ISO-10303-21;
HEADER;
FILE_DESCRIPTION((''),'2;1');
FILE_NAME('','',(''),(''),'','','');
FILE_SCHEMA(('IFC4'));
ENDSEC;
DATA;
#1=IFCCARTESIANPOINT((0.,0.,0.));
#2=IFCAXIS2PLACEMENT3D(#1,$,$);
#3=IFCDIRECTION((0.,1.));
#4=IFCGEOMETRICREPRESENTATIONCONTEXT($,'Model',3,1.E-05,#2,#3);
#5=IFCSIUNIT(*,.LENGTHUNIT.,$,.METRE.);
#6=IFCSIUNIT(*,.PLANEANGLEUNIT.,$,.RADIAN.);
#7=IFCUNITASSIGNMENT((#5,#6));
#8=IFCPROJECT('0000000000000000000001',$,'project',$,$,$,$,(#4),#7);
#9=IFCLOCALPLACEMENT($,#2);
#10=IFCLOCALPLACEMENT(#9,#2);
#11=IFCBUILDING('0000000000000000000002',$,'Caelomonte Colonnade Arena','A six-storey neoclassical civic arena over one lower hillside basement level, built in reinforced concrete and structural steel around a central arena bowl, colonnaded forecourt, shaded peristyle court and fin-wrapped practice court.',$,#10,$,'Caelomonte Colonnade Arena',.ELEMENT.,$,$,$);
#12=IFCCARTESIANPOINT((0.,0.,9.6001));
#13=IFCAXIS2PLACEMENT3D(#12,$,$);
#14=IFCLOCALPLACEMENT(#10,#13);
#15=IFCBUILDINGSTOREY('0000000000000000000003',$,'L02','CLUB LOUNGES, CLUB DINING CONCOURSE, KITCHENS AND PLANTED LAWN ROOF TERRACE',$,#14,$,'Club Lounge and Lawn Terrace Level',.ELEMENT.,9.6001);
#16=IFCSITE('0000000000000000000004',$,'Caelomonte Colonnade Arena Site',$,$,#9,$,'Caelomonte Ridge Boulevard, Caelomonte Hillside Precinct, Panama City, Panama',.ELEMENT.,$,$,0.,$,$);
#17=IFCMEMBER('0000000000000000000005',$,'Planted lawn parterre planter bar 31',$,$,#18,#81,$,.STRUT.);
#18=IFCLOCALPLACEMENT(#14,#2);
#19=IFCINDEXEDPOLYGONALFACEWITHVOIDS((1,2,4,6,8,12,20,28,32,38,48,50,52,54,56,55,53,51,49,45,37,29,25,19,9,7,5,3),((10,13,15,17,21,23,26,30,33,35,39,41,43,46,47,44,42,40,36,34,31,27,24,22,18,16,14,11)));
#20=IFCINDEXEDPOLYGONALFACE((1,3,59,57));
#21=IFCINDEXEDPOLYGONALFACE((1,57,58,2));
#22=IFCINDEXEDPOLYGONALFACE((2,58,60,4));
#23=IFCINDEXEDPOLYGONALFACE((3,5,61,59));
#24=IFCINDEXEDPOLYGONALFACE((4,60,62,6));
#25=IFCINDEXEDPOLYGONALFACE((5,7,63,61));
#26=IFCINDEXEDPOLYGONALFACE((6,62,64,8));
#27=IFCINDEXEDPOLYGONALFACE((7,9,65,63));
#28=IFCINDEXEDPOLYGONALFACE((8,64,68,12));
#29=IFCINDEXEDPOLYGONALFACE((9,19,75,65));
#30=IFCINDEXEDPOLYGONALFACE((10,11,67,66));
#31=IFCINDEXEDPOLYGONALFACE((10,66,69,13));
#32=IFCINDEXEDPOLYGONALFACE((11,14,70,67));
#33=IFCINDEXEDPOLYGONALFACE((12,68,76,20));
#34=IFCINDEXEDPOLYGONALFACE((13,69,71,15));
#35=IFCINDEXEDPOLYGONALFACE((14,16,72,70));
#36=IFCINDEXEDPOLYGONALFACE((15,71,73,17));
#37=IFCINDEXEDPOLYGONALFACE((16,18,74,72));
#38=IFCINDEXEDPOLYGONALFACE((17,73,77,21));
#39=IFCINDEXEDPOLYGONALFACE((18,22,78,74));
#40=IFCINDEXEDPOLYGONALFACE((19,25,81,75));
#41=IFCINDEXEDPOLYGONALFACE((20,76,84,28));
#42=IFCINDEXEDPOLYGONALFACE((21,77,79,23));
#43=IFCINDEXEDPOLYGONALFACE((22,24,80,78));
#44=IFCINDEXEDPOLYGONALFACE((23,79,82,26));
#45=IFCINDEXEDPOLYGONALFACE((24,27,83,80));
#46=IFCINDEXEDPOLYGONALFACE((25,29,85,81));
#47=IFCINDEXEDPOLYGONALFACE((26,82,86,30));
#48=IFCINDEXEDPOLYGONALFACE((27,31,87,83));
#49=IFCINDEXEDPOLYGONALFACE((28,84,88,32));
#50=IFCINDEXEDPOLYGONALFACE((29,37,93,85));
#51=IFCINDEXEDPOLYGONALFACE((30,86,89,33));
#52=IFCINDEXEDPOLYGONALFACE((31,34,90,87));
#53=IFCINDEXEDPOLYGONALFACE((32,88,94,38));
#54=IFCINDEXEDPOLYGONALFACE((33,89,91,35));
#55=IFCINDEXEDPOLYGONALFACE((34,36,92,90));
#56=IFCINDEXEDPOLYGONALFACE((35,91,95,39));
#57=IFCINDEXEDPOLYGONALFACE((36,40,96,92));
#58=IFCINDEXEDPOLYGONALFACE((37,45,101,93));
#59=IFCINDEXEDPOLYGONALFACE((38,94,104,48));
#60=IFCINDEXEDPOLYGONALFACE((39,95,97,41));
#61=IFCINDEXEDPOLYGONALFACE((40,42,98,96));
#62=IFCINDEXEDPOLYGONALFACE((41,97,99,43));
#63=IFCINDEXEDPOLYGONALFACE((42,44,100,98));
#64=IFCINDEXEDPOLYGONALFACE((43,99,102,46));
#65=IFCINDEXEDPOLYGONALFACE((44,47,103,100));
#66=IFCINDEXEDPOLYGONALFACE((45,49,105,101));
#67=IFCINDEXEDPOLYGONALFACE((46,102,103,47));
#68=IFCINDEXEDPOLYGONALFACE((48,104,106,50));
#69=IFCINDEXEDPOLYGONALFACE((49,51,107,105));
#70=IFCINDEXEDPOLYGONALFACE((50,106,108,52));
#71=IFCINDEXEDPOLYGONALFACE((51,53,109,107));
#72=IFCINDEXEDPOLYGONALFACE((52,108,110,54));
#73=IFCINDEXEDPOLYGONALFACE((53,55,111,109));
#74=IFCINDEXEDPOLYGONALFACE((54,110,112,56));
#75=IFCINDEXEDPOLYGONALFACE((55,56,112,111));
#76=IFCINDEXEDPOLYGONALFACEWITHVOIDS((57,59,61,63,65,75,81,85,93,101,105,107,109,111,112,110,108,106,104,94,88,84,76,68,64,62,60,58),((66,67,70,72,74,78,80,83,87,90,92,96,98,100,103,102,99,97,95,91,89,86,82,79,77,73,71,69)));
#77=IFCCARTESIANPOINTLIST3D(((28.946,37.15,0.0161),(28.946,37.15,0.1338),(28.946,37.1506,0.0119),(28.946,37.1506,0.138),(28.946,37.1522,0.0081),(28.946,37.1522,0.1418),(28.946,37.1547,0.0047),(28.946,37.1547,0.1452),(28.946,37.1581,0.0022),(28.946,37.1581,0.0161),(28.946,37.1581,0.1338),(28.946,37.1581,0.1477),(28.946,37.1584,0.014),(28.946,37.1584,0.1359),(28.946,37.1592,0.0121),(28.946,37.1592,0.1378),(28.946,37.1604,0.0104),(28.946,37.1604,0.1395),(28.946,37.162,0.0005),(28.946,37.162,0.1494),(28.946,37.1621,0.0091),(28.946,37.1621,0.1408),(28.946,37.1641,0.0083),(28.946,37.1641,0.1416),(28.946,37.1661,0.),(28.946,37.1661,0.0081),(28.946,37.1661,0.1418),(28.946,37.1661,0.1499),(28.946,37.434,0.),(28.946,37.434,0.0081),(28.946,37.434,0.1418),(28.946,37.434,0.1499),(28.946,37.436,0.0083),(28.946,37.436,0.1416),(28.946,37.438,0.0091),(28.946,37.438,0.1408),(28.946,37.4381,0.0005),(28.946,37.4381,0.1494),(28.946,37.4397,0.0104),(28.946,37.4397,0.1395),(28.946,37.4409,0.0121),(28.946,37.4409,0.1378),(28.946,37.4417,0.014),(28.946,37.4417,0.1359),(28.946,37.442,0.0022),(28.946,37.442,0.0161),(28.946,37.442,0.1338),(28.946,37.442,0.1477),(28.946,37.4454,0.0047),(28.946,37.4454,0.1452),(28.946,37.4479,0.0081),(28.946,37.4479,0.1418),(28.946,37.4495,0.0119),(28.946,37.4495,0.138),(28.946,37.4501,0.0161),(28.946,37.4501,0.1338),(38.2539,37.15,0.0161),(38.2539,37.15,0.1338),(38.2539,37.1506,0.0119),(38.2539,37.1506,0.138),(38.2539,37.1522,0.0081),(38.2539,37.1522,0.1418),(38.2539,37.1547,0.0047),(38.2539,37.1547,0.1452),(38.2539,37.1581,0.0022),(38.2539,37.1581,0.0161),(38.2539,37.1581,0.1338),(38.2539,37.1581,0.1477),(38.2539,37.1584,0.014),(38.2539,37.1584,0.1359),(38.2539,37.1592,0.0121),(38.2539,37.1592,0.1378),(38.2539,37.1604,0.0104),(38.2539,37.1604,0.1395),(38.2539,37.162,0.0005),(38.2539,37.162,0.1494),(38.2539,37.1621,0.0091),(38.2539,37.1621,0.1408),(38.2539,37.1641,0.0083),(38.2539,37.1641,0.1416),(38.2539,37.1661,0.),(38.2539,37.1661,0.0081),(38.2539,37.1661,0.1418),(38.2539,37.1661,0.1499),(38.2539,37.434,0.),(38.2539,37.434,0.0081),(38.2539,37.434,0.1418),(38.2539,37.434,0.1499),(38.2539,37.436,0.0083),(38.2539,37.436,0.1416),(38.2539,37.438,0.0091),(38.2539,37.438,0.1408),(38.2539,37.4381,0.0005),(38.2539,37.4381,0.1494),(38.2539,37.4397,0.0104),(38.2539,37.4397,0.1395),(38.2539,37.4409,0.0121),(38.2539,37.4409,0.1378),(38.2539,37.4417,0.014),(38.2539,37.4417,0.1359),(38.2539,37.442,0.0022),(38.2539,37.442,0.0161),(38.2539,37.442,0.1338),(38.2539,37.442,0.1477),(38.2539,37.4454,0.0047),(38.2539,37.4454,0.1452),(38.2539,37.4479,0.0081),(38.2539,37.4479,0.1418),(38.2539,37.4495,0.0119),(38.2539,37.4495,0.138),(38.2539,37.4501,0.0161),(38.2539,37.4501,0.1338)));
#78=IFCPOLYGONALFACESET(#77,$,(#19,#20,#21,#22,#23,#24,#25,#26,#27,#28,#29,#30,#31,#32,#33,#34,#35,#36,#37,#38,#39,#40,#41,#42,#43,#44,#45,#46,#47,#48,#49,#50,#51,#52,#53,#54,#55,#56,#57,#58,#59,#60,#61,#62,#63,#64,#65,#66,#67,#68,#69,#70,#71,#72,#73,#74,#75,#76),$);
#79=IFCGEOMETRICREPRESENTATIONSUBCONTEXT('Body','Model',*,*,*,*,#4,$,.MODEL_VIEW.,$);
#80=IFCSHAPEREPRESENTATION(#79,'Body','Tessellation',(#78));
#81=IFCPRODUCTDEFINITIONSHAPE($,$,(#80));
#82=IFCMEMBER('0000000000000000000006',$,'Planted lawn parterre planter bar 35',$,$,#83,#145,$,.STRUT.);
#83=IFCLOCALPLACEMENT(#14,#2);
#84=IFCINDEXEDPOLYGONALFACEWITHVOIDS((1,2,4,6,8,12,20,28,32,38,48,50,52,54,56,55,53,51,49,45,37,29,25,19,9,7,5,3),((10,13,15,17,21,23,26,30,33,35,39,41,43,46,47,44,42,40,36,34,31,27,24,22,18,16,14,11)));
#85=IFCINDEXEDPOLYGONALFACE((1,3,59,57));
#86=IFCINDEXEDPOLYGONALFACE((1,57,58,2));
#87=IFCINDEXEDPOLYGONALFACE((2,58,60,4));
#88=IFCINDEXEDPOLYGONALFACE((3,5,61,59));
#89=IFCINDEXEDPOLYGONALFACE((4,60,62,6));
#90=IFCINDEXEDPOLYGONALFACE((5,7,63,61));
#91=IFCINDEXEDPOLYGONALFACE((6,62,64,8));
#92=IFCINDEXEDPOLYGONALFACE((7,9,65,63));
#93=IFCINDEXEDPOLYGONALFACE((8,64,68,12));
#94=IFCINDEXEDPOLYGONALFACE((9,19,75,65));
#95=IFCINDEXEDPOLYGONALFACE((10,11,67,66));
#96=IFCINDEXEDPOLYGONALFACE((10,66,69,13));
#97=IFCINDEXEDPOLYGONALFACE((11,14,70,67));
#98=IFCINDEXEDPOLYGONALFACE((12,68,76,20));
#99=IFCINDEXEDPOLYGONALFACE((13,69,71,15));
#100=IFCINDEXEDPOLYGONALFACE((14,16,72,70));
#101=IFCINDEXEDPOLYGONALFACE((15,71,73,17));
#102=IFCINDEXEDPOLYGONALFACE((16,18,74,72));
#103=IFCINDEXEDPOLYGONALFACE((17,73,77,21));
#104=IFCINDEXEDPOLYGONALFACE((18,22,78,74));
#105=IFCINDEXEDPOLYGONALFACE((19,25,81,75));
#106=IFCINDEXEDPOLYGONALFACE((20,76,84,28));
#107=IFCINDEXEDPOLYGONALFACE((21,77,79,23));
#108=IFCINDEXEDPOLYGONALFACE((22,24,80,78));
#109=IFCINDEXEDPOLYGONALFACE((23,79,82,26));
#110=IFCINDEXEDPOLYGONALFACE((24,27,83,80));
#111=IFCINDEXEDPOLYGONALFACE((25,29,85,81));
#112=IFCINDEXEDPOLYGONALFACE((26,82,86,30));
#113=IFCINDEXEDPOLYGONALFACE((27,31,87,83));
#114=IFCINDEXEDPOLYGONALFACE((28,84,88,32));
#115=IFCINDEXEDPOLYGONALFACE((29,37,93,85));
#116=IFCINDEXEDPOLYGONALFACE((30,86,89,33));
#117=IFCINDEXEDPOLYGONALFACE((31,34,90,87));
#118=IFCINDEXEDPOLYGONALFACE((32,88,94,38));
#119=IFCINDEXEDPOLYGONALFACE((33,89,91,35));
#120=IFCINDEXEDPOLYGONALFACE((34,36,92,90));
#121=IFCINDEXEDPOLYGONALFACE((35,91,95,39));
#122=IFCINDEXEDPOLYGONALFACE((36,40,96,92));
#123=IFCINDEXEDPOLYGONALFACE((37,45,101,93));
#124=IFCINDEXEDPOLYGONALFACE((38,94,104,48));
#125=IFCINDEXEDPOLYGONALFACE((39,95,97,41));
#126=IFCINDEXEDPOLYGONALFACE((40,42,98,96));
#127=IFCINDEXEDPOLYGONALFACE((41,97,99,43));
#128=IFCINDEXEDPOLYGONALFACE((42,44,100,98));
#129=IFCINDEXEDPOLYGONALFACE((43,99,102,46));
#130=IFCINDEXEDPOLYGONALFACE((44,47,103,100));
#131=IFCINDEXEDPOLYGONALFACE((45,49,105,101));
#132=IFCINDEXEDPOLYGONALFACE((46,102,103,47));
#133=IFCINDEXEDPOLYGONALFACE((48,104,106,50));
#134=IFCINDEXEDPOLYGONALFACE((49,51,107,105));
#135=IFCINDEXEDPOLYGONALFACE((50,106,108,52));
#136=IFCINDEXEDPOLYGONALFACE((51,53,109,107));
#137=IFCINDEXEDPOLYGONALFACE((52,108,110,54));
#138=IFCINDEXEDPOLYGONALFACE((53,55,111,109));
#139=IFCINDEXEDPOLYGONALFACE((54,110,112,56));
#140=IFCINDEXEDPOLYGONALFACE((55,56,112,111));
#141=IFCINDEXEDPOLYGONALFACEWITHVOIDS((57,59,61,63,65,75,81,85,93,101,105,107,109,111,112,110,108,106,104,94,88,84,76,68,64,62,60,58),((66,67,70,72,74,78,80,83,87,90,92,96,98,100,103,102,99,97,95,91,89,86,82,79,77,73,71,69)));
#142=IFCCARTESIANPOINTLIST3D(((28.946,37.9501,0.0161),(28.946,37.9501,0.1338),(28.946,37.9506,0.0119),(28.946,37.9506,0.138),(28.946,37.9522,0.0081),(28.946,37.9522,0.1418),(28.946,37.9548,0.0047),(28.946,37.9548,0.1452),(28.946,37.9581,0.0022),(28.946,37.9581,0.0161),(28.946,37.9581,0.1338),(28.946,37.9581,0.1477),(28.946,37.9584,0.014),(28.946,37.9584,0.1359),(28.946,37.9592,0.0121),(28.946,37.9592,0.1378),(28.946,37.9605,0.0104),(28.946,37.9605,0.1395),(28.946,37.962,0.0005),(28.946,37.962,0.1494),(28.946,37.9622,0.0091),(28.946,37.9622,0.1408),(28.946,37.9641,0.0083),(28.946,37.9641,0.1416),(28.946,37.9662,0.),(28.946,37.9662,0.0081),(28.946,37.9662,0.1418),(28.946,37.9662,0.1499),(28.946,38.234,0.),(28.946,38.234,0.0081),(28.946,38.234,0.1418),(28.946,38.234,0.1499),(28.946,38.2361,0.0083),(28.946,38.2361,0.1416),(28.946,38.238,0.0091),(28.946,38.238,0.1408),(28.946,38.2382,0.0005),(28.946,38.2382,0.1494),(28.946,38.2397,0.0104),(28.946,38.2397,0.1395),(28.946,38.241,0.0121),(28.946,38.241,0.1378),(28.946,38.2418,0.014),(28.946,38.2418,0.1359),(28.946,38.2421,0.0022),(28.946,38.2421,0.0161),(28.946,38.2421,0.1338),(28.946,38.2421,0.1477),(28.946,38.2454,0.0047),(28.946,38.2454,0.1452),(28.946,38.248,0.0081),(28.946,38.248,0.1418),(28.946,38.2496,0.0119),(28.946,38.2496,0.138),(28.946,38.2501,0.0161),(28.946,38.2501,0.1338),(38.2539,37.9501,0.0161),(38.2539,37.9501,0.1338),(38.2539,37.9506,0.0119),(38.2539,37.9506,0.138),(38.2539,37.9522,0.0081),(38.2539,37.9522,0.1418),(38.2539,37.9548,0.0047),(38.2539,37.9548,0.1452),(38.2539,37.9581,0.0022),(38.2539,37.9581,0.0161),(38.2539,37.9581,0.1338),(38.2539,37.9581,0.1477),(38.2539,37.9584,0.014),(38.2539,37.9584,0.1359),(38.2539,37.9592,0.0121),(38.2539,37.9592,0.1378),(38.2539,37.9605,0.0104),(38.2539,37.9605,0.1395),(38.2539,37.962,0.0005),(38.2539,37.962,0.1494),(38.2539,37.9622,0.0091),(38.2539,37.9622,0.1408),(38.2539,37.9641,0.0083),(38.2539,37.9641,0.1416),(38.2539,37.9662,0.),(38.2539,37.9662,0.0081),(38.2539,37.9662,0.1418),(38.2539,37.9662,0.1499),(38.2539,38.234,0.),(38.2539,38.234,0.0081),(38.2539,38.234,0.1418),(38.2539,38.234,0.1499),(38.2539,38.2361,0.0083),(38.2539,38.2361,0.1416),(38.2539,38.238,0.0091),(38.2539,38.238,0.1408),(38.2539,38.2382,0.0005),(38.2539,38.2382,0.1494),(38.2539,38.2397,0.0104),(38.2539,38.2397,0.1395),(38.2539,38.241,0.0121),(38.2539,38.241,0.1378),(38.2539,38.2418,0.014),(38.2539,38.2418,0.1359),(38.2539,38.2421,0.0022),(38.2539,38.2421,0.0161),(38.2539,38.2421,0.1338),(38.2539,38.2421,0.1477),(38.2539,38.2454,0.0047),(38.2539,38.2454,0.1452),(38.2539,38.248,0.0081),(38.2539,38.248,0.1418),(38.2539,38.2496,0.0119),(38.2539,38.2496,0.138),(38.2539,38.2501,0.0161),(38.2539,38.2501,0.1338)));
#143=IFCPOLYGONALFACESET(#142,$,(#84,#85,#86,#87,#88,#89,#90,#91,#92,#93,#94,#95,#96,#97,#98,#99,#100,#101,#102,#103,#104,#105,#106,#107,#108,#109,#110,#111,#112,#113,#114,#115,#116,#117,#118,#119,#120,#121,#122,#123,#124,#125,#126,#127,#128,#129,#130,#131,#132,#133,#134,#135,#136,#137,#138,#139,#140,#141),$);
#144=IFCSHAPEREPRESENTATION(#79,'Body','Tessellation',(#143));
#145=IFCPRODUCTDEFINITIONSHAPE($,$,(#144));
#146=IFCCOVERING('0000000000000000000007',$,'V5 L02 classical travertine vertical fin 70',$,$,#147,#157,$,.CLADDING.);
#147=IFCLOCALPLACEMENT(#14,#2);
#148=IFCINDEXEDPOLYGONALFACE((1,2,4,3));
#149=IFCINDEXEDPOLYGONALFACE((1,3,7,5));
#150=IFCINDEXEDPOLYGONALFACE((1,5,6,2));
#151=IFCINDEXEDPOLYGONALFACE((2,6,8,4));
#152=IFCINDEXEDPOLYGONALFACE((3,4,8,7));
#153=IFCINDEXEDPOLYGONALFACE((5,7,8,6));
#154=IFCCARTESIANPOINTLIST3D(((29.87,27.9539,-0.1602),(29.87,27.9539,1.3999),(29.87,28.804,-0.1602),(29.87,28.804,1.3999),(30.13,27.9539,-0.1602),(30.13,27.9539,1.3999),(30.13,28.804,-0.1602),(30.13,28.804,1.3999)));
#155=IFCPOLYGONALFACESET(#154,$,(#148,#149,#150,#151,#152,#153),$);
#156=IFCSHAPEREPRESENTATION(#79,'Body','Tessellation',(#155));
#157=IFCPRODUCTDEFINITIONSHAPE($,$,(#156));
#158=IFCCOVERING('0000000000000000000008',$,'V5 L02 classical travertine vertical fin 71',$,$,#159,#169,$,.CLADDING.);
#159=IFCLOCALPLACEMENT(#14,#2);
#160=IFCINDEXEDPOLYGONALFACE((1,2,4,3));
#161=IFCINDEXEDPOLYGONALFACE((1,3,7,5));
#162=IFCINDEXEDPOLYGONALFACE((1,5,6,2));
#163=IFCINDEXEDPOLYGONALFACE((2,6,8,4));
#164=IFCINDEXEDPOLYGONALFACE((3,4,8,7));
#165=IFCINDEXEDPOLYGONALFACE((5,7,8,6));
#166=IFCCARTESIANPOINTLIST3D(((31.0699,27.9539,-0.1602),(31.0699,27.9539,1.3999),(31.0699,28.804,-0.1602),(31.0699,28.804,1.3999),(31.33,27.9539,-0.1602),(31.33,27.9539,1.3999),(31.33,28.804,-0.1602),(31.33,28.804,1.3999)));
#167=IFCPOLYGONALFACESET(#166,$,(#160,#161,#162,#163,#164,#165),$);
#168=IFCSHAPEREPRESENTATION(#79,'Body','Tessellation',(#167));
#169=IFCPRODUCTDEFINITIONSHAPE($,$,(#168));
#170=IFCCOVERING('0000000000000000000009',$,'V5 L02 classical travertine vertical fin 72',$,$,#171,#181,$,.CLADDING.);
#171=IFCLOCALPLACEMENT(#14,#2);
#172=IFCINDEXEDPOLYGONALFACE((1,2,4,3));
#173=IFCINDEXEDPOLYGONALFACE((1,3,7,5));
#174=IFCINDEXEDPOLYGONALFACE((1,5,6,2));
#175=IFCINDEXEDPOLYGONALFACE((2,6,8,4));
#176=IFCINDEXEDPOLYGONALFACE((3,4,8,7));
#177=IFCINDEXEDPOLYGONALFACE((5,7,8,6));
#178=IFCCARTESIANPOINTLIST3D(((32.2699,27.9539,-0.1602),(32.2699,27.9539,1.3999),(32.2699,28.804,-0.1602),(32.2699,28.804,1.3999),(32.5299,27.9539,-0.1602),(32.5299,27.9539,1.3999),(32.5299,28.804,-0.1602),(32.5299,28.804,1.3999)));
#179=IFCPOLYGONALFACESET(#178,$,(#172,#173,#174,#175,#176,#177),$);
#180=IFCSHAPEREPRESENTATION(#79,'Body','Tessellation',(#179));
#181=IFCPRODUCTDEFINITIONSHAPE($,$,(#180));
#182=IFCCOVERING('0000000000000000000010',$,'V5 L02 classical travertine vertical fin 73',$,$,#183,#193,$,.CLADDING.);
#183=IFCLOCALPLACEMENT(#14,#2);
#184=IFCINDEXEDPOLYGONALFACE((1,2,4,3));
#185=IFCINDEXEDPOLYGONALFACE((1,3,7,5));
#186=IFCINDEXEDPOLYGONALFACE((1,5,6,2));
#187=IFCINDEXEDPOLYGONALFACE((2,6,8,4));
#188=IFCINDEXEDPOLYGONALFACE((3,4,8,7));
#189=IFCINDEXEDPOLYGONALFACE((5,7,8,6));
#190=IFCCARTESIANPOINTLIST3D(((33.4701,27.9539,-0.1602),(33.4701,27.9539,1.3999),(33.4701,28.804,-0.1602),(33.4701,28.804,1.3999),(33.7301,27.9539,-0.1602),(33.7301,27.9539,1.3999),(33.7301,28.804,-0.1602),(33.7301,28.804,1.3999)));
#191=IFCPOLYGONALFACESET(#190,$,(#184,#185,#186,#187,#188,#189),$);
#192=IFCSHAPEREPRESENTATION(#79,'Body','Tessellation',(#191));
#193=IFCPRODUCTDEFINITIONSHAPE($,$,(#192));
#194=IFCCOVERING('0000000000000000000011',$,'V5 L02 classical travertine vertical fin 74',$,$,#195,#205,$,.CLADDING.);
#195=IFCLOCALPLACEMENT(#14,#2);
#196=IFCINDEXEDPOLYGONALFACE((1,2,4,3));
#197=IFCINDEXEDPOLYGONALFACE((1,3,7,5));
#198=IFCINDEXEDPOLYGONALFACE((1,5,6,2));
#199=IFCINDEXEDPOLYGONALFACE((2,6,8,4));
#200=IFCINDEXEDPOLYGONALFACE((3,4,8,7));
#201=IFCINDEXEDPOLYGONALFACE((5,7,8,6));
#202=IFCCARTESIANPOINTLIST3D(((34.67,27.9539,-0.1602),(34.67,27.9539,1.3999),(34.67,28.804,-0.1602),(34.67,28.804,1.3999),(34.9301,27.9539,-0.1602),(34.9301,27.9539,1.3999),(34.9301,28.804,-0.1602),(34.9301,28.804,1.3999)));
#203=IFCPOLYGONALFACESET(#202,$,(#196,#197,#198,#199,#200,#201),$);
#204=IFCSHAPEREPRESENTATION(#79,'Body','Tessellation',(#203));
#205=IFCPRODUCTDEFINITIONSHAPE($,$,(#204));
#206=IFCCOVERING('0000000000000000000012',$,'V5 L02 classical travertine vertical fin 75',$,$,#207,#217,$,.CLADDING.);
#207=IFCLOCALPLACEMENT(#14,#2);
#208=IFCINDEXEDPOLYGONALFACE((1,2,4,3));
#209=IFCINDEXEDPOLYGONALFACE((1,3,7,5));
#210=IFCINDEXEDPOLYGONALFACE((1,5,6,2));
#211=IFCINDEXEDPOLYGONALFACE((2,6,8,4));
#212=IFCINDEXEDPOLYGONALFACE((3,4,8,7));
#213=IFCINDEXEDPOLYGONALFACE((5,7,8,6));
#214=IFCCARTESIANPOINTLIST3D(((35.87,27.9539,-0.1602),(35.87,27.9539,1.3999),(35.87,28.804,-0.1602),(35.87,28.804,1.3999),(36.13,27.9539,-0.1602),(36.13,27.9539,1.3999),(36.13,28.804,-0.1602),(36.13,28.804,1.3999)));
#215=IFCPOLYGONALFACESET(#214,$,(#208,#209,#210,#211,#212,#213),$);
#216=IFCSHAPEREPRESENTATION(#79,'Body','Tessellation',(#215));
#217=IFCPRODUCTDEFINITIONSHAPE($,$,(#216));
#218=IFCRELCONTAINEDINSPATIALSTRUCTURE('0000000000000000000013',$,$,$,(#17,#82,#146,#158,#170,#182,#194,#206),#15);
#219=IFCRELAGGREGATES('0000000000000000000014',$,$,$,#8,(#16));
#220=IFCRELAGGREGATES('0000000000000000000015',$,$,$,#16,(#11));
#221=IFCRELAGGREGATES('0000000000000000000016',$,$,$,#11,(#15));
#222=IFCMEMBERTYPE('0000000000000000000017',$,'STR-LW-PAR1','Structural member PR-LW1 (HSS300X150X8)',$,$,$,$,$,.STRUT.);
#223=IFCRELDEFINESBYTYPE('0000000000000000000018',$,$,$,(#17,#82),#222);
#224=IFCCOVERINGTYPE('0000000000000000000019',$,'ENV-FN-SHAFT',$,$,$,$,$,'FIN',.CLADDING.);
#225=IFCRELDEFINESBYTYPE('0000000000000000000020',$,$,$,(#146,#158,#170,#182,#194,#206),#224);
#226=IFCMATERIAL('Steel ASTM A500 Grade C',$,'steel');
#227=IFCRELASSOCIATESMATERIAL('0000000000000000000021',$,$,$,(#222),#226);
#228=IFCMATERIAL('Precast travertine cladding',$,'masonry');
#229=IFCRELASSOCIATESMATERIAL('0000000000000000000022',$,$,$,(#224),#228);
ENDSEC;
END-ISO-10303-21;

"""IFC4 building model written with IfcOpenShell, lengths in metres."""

from ifc_helpers import new_model, si_unit, direction, frame, origin, origin_2d, place, context, subcontext, project, spatial, rectangle, hollow_rectangle, extrude, material, material_profile, profile_set, type_object, element, save


model = new_model("IFC4")

# Units and contexts
model_context = context("Model", 3, precision=1e-05, world=origin(), true_north=direction((0.0, 1.0)))
body_context = subcontext(model_context, "Body", "Model", "MODEL_VIEW")
ifc_project = project(units=[si_unit("LENGTHUNIT", "METRE"), si_unit("PLANEANGLEUNIT", "RADIAN")], contexts=[model_context])

# Site, building, storey
site_placement = place(None, origin())
site = spatial("IfcSite", under=ifc_project, at=site_placement, Name="Caelomonte Colonnade Arena Site", LongName="Caelomonte Ridge Boulevard, Caelomonte Hillside Precinct, Panama City, Panama", CompositionType="ELEMENT", RefElevation=0.0)
building_placement = place(site_placement, origin())
building = spatial("IfcBuilding", under=site, at=building_placement, Name="Caelomonte Colonnade Arena", Description="A six-storey neoclassical civic arena over one lower hillside basement level, built in reinforced concrete and structural steel around a central arena bowl, colonnaded forecourt, shaded peristyle court and fin-wrapped practice court.", LongName="Caelomonte Colonnade Arena", CompositionType="ELEMENT")
storey_placement = place(building_placement, frame((0.0, 0.0, 9.6001)))
storey = spatial("IfcBuildingStorey", under=building, at=storey_placement, Name="L02", Description="CLUB LOUNGES, CLUB DINING CONCOURSE, KITCHENS AND PLANTED LAWN ROOF TERRACE", LongName="Club Lounge and Lawn Terrace Level", CompositionType="ELEMENT", Elevation=9.6001)

# Members
ifc_material_1 = material(Name="Steel ASTM A500 Grade C", Category="steel")
ifc_material_profile_1 = material_profile(ifc_material_1, hollow_rectangle(XDim=0.3, YDim=0.1499, WallThickness=0.0081, InnerFilletRadius=0.0081, OuterFilletRadius=0.0161, at=origin_2d()), Name="HSS300X150X8")
ifc_profile_set_1 = profile_set([ifc_material_profile_1], Name="Steel ASTM A500 Grade C")
member_type = type_object("IfcMemberType", Name="STR-LW-PAR1", Description="Structural member PR-LW1 (HSS300X150X8)", PredefinedType="STRUT", material=ifc_profile_set_1)
for number, where, z_axis, x_axis, name in (
    (1, (28.946, 37.3, 0.075), (1.0, 0.0, 0.0), (0.0, 1.0, 0.0), "Planted lawn parterre planter bar 31"),
    (2, (28.946, 38.1001, 0.075), (1.0, 0.0, 0.0), (0.0, 1.0, 0.0), "Planted lawn parterre planter bar 35"),
):
    element("IfcMember", number, at=place(storey_placement, frame(where, z_axis=z_axis, x_axis=x_axis)), inside=storey, type_object=member_type, Name=name, PredefinedType="STRUT", context=body_context, shape_type="SweptSolid", body=[
        extrude(hollow_rectangle(XDim=0.3, YDim=0.1499, WallThickness=0.0081, InnerFilletRadius=0.0081, OuterFilletRadius=0.0161, at=origin_2d()), origin(), (0.0, 0.0, 1.0), 9.3079),
    ])

# Coverings
ifc_material_2 = material(Name="Precast travertine cladding", Category="masonry")
ifc_material_profile_2 = material_profile(ifc_material_2, rectangle(XDim=0.26, YDim=0.8501, at=origin_2d()), Name="FIN260X850")
ifc_profile_set_2 = profile_set([ifc_material_profile_2], Name="Precast travertine cladding")
covering_type = type_object("IfcCoveringType", Name="ENV-FN-SHAFT", ElementType="FIN", PredefinedType="CLADDING", material=ifc_profile_set_2)
for number, where, z_axis, x_axis, name in (
    (3, (30.0, 28.3789, -0.1602), (0.0, 0.0, 1.0), (-1.0, 0.0, 0.0), "V5 L02 classical travertine vertical fin 70"),
    (4, (31.2, 28.3789, -0.1602), (0.0, 0.0, 1.0), (-1.0, 0.0, 0.0), "V5 L02 classical travertine vertical fin 71"),
    (5, (32.3999, 28.3789, -0.1602), (0.0, 0.0, 1.0), (-1.0, 0.0, 0.0), "V5 L02 classical travertine vertical fin 72"),
    (6, (33.6001, 28.3789, -0.1602), (0.0, 0.0, 1.0), (-1.0, 0.0, 0.0), "V5 L02 classical travertine vertical fin 73"),
    (7, (34.8, 28.3789, -0.1602), (0.0, 0.0, 1.0), (-1.0, 0.0, 0.0), "V5 L02 classical travertine vertical fin 74"),
    (8, (36.0, 28.3789, -0.1602), (0.0, 0.0, 1.0), (-1.0, 0.0, 0.0), "V5 L02 classical travertine vertical fin 75"),
):
    element("IfcCovering", number, at=place(storey_placement, frame(where, z_axis=z_axis, x_axis=x_axis)), inside=storey, type_object=covering_type, Name=name, PredefinedType="CLADDING", context=body_context, shape_type="SweptSolid", body=[
        extrude(rectangle(XDim=0.26, YDim=0.8501, at=origin_2d()), origin(), (0.0, 0.0, 1.0), 1.5601),
    ])

save(model, "model.ifc")
